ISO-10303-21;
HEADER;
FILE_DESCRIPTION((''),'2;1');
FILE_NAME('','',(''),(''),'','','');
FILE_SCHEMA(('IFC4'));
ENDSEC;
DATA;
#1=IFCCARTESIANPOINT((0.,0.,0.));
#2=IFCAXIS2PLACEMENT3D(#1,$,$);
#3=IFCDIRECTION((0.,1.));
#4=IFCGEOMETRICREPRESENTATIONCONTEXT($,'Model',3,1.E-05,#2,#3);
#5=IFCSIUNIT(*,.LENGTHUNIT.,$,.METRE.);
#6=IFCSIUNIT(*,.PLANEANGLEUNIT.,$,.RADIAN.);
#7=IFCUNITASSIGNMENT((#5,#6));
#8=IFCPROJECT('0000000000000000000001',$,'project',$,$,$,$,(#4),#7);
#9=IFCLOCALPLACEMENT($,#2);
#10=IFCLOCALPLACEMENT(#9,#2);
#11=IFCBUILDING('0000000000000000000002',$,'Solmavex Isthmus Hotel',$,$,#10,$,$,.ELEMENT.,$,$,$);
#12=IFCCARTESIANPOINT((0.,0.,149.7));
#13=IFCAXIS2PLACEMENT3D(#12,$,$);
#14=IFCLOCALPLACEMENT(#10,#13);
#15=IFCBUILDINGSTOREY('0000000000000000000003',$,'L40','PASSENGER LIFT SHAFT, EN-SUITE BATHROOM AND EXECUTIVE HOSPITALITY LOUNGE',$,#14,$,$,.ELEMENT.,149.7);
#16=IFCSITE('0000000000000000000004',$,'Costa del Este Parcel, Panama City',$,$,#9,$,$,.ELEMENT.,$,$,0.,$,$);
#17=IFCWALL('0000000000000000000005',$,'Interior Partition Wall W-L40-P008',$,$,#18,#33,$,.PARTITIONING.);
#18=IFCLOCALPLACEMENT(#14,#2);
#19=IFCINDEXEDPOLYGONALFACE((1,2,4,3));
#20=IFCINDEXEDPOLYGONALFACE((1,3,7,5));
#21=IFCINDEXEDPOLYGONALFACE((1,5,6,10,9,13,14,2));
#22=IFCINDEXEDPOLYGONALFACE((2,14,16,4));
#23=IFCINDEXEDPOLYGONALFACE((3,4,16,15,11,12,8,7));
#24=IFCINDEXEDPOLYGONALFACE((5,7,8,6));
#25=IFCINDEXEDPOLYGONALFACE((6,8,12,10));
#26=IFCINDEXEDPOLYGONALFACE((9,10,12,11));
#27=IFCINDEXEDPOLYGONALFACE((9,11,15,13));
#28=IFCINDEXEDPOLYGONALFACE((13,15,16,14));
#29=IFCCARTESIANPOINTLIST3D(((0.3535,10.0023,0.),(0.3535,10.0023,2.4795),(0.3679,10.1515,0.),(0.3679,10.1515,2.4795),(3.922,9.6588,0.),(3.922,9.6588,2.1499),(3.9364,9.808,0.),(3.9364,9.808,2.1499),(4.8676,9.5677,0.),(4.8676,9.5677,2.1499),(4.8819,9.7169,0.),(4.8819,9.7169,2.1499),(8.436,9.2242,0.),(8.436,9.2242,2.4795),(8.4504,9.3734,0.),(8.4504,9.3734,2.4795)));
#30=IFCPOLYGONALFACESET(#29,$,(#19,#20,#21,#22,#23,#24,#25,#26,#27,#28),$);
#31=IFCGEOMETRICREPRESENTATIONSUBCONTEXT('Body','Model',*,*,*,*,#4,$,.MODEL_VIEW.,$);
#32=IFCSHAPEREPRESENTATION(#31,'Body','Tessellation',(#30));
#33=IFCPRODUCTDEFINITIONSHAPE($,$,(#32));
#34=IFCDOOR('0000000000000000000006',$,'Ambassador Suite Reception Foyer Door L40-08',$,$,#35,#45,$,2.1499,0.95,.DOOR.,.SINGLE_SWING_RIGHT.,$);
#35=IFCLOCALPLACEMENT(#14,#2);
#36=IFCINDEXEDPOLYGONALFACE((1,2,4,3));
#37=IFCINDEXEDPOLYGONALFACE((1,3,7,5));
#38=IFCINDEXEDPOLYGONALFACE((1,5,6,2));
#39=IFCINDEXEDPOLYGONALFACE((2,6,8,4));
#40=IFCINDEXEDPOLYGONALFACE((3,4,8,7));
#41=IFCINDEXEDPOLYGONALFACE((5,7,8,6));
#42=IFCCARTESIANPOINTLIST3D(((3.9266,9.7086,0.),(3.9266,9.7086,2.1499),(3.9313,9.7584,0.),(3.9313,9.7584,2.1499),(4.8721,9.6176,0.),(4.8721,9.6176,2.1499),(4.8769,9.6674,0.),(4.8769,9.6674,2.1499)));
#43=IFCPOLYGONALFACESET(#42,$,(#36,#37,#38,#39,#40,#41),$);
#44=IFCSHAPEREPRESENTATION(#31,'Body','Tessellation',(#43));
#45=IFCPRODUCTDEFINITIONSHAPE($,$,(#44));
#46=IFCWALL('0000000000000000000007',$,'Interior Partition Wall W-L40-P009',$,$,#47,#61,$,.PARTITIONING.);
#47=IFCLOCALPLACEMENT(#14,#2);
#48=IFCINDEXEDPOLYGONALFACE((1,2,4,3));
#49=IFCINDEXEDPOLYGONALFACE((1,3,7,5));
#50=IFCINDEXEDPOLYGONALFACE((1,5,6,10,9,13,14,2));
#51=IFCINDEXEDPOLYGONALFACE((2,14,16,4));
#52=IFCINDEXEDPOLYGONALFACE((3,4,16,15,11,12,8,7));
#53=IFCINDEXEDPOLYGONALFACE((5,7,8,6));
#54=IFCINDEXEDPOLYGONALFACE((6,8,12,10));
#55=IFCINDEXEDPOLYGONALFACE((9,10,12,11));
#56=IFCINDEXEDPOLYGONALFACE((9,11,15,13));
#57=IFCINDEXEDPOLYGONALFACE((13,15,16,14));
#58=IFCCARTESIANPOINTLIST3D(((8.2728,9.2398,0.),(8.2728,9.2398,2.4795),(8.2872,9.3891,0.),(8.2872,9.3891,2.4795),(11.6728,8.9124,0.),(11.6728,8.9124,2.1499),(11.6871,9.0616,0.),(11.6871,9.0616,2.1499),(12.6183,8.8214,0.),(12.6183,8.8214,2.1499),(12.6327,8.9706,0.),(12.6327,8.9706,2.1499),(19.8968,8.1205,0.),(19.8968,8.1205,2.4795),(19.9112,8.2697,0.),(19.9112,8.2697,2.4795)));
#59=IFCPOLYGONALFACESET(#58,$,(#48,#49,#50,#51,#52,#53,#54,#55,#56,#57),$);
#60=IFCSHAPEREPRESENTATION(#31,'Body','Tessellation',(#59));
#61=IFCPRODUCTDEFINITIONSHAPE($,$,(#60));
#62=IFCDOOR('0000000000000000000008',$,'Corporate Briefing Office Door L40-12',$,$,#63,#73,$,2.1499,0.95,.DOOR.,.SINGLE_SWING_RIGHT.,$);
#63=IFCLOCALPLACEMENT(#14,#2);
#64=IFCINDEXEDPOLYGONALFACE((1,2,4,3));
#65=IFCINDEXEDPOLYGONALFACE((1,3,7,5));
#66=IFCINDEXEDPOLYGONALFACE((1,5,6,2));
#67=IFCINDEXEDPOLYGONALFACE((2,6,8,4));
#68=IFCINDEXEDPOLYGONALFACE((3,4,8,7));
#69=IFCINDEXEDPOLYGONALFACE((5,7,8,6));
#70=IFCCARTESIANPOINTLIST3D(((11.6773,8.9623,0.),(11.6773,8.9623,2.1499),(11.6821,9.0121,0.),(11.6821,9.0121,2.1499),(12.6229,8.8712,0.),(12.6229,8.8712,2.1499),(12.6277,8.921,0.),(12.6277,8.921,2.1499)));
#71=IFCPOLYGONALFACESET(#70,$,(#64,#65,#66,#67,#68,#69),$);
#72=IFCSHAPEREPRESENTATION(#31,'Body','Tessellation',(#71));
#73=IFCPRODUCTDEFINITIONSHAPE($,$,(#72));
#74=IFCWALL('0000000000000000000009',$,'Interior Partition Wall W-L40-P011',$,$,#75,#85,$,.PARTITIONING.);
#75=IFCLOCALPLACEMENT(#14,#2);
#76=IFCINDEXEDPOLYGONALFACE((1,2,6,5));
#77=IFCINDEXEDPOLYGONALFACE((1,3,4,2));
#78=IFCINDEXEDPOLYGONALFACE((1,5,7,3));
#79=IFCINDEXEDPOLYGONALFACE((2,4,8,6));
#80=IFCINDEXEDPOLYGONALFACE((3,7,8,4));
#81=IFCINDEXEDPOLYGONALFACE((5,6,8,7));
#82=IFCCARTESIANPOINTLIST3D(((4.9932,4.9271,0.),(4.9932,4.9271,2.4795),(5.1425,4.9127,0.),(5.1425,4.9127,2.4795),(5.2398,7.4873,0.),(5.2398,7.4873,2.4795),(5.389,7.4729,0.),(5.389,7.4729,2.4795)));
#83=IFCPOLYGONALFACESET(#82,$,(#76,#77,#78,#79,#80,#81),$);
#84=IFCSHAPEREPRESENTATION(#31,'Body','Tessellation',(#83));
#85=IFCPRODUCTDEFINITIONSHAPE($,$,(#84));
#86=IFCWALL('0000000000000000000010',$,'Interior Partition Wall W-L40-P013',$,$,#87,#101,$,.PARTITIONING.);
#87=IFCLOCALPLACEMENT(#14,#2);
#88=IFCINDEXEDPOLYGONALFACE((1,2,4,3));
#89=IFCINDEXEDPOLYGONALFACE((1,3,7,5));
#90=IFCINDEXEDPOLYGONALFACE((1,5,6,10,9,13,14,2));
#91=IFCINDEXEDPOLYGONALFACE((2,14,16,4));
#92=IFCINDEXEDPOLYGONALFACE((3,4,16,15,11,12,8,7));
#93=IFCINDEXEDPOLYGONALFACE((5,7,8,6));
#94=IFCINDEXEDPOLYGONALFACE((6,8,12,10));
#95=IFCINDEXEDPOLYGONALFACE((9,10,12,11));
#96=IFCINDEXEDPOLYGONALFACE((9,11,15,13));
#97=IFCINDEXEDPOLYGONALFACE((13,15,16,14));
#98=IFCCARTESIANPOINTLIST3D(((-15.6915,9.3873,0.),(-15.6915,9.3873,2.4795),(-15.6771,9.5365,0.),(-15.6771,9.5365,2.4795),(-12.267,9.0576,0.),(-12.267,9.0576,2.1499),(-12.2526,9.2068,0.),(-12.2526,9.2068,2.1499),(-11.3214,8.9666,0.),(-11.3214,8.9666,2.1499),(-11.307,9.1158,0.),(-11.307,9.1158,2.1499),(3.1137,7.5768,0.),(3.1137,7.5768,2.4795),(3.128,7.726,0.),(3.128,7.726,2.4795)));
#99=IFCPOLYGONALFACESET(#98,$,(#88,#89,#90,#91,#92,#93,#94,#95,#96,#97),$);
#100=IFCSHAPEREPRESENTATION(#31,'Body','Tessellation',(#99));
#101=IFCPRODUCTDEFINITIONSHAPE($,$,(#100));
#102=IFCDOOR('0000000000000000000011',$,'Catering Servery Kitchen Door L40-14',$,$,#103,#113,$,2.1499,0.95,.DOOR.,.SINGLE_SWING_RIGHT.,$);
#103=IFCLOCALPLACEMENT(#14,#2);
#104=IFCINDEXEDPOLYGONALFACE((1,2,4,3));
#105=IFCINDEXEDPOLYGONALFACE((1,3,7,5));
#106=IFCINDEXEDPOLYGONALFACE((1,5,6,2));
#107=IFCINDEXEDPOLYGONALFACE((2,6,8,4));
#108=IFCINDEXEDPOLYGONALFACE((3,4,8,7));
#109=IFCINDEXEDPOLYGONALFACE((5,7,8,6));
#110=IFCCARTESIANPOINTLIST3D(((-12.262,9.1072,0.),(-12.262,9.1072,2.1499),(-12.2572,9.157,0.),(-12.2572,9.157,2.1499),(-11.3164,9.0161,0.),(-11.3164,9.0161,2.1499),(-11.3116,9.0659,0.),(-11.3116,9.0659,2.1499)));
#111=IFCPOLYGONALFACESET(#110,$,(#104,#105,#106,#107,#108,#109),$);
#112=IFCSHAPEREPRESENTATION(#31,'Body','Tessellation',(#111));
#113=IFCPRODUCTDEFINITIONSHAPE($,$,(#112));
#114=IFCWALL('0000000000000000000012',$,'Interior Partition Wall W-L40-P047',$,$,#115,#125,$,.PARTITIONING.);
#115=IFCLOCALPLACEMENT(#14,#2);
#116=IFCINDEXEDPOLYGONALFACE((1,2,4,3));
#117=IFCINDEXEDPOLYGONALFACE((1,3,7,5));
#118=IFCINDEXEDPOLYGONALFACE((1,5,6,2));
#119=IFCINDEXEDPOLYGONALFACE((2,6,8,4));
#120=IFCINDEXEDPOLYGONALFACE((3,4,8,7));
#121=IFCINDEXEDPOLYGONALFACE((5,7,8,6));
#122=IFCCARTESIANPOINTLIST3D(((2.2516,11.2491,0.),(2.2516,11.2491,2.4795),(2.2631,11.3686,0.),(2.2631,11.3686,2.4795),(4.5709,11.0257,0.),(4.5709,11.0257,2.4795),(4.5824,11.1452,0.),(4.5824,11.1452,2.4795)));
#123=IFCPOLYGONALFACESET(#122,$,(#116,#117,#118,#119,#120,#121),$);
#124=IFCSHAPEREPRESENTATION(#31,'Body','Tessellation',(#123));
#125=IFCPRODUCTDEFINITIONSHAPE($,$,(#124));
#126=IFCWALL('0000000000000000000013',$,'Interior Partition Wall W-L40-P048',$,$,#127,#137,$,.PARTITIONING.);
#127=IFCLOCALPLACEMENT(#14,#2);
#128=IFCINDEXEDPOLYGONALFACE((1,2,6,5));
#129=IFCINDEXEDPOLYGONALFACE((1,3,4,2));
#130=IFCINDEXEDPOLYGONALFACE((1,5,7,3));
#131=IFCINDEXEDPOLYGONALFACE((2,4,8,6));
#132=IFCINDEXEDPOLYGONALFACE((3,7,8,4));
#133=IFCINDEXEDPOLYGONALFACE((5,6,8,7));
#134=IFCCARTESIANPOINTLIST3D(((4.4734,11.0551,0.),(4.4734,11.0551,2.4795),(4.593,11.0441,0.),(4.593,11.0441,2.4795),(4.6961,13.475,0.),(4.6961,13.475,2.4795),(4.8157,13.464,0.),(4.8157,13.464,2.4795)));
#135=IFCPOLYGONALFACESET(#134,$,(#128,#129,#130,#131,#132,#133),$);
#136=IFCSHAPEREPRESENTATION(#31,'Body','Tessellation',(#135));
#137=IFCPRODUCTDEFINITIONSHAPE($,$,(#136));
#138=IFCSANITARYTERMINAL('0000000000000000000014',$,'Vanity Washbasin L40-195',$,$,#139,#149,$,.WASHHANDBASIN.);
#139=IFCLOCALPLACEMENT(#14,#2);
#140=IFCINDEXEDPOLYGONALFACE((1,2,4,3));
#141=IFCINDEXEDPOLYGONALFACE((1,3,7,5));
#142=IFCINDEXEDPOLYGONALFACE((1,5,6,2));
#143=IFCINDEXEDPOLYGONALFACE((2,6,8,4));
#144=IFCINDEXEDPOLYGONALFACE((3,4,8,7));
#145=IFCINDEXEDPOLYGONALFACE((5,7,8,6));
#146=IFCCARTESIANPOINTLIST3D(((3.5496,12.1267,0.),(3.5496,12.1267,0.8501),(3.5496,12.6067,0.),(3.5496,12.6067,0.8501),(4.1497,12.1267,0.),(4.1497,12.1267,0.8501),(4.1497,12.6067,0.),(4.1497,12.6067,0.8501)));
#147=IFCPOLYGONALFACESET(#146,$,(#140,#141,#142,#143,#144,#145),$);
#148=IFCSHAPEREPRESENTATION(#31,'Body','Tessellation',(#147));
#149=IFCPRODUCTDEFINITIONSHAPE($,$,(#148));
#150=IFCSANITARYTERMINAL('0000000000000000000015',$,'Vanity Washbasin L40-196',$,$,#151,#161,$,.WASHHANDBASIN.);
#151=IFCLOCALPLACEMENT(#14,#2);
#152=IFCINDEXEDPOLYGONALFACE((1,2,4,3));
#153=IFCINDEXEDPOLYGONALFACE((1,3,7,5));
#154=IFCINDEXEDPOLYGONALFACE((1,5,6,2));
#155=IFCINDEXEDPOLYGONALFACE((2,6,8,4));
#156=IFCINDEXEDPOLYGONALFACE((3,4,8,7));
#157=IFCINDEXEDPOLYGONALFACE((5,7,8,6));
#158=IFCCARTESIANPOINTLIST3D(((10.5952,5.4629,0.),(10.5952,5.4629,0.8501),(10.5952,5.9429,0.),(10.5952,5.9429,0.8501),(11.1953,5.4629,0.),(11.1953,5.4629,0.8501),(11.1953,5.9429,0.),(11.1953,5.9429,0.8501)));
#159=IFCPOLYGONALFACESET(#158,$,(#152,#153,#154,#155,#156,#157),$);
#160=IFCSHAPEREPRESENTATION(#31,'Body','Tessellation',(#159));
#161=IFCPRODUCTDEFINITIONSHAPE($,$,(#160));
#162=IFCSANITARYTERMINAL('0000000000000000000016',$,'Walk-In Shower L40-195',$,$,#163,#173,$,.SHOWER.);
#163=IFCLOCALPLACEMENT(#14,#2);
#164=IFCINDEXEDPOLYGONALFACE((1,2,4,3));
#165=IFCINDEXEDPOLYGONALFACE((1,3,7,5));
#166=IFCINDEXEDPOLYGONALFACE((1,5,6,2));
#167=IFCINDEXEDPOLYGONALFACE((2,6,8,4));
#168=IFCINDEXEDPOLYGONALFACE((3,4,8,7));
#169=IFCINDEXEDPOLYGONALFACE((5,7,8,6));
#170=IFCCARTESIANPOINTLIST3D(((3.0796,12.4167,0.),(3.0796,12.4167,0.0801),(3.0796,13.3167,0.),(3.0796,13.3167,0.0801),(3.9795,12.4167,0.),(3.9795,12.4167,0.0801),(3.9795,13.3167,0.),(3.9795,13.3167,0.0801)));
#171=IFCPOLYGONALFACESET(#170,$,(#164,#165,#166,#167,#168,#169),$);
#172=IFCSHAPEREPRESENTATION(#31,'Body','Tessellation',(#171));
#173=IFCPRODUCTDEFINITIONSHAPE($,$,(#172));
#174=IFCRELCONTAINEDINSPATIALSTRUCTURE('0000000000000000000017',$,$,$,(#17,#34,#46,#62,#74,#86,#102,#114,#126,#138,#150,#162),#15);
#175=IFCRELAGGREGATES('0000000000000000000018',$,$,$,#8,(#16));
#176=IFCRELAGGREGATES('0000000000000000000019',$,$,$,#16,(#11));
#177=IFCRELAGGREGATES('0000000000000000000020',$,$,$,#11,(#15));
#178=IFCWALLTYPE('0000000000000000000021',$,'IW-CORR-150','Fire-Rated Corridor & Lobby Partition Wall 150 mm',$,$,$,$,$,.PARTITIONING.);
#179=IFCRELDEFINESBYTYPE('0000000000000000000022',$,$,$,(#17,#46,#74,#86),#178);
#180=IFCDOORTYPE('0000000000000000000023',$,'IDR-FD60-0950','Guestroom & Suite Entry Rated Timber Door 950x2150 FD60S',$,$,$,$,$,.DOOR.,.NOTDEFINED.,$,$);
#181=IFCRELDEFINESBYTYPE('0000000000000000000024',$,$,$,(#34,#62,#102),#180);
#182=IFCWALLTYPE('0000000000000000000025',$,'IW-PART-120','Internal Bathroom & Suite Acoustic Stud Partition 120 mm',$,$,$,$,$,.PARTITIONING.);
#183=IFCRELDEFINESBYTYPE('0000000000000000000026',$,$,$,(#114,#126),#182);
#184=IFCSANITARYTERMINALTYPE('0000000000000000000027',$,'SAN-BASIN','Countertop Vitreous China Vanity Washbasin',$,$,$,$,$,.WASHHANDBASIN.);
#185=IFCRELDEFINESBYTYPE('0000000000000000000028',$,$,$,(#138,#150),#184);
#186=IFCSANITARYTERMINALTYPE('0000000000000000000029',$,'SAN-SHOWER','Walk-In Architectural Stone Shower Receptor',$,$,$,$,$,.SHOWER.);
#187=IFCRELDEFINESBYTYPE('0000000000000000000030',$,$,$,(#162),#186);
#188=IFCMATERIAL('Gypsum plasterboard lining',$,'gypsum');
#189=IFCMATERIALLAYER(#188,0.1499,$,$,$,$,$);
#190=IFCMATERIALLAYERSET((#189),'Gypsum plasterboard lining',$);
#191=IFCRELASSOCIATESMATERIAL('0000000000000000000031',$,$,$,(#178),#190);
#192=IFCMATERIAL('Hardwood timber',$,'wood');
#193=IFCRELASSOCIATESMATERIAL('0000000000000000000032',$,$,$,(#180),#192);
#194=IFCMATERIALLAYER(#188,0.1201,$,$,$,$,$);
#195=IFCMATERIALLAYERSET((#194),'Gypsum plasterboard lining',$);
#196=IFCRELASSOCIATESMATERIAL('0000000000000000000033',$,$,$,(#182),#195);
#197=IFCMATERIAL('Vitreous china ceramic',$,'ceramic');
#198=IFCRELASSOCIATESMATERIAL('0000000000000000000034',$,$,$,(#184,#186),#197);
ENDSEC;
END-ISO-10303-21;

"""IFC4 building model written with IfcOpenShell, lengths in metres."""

from ifc_helpers import new_model, si_unit, direction, frame, frame_2d, origin, origin_2d, place, context, subcontext, project, spatial, rectangle, extrude, material, layer, layer_set, type_object, element, fill, save


model = new_model("IFC4")

# Units and contexts
model_context = context("Model", 3, precision=1e-05, world=origin(), true_north=direction((0.0, 1.0)))
body_context = subcontext(model_context, "Body", "Model", "MODEL_VIEW")
ifc_project = project(units=[si_unit("LENGTHUNIT", "METRE"), si_unit("PLANEANGLEUNIT", "RADIAN")], contexts=[model_context])

# Site, building, storey
site_placement = place(None, origin())
site = spatial("IfcSite", under=ifc_project, at=site_placement, Name="Costa del Este Parcel, Panama City", CompositionType="ELEMENT", RefElevation=0.0)
building_placement = place(site_placement, origin())
building = spatial("IfcBuilding", under=site, at=building_placement, Name="Solmavex Isthmus Hotel", CompositionType="ELEMENT")
storey_placement = place(building_placement, frame((0.0, 0.0, 149.7)))
storey = spatial("IfcBuildingStorey", under=building, at=storey_placement, Name="L40", Description="PASSENGER LIFT SHAFT, EN-SUITE BATHROOM AND EXECUTIVE HOSPITALITY LOUNGE", CompositionType="ELEMENT", Elevation=149.7)

# Shared definitions
ifc_material_1 = material(Name="Gypsum plasterboard lining", Category="gypsum")

# Walls, openings, doors
ifc_layer_1 = layer(ifc_material_1, 0.1499)
ifc_layer_set_1 = layer_set([ifc_layer_1], Name="Gypsum plasterboard lining")
wall_type_1 = type_object("IfcWallType", Name="IW-CORR-150", Description="Fire-Rated Corridor & Lobby Partition Wall 150 mm", PredefinedType="PARTITIONING", material=ifc_layer_set_1)
wall_1_placement = place(storey_placement, frame((0.3606, 10.0769, 0.0), z_axis=(0.0, 0.0, 1.0), x_axis=(0.995398, -0.095824, 0.0)))
wall_1 = element("IfcWall", 1, at=wall_1_placement, inside=storey, type_object=wall_type_1, Name="Interior Partition Wall W-L40-P008", PredefinedType="PARTITIONING", context=body_context, shape_type="SweptSolid", body=[
    extrude(rectangle(XDim=8.1199, YDim=0.1499, at=frame_2d((4.0601, 0.0))), origin(), (0.0, 0.0, 1.0), 2.4795),
])
opening_1_placement = place(wall_1_placement, frame((3.585, 0.0, 0.0)))
opening_1 = element("IfcOpeningElement", 2, at=opening_1_placement, cuts=wall_1, PredefinedType="OPENING", context=body_context, shape_type="SweptSolid", body=[
    extrude(rectangle(XDim=0.95, YDim=2.1499, at=frame_2d((0.4751, 1.075))), frame((0.0, 0.085, 0.0), z_axis=(0.0, -1.0, 0.0), x_axis=(1.0, 0.0, 0.0)), (0.0, 0.0, 1.0), 0.1699),
])
ifc_material_2 = material(Name="Hardwood timber", Category="wood")
door_type = type_object("IfcDoorType", Name="IDR-FD60-0950", Description="Guestroom & Suite Entry Rated Timber Door 950x2150 FD60S", OperationType="NOTDEFINED", PredefinedType="DOOR", material=ifc_material_2)
door_1_placement = place(opening_1_placement, frame((0.95, 0.0, 0.0), z_axis=(0.0, 0.0, 1.0), x_axis=(-1.0, 0.0, 0.0)))
door_1 = element("IfcDoor", 3, at=door_1_placement, inside=storey, type_object=door_type, Name="Ambassador Suite Reception Foyer Door L40-08", OperationType="SINGLE_SWING_RIGHT", OverallHeight=2.1499, OverallWidth=0.95, PredefinedType="DOOR", context=body_context, shape_type="SweptSolid", body=[
    extrude(rectangle(XDim=0.95, YDim=2.1499, at=frame_2d((0.4751, 1.075))), frame((0.0, 0.0249, 0.0), z_axis=(0.0, -1.0, 0.0), x_axis=(1.0, 0.0, 0.0)), (0.0, 0.0, 1.0), 0.05),
])
fill(opening_1, door_1)
wall_2_placement = place(storey_placement, frame((8.28, 9.3145, 0.0), z_axis=(0.0, 0.0, 1.0), x_axis=(0.995395, -0.095856, 0.0)))
wall_2 = element("IfcWall", 4, at=wall_2_placement, inside=storey, type_object=wall_type_1, Name="Interior Partition Wall W-L40-P009", PredefinedType="PARTITIONING", context=body_context, shape_type="SweptSolid", body=[
    extrude(rectangle(XDim=11.6777, YDim=0.1499, at=frame_2d((5.8389, 0.0))), origin(), (0.0, 0.0, 1.0), 2.4795),
])
opening_2_placement = place(wall_2_placement, frame((3.4155, 0.0, 0.0)))
opening_2 = element("IfcOpeningElement", 5, at=opening_2_placement, cuts=wall_2, PredefinedType="OPENING", context=body_context, shape_type="SweptSolid", body=[
    extrude(rectangle(XDim=0.95, YDim=2.1499, at=frame_2d((0.4751, 1.075))), frame((0.0, 0.085, 0.0), z_axis=(0.0, -1.0, 0.0), x_axis=(1.0, 0.0, 0.0)), (0.0, 0.0, 1.0), 0.1699),
])
door_2_placement = place(opening_2_placement, frame((0.95, 0.0, 0.0), z_axis=(0.0, 0.0, 1.0), x_axis=(-1.0, 0.0, 0.0)))
door_2 = element("IfcDoor", 6, at=door_2_placement, inside=storey, type_object=door_type, Name="Corporate Briefing Office Door L40-12", OperationType="SINGLE_SWING_RIGHT", OverallHeight=2.1499, OverallWidth=0.95, PredefinedType="DOOR", context=body_context, shape_type="SweptSolid", body=[
    extrude(rectangle(XDim=0.95, YDim=2.1499, at=frame_2d((0.4751, 1.075))), frame((0.0, 0.0249, 0.0), z_axis=(0.0, -1.0, 0.0), x_axis=(1.0, 0.0, 0.0)), (0.0, 0.0, 1.0), 0.05),
])
fill(opening_2, door_2)

# Wall
wall_3_placement = place(storey_placement, frame((5.3145, 7.4802, 0.0), z_axis=(0.0, 0.0, 1.0), x_axis=(-0.095875, -0.995393, 0.0)))
element("IfcWall", 7, at=wall_3_placement, inside=storey, type_object=wall_type_1, Name="Interior Partition Wall W-L40-P011", PredefinedType="PARTITIONING", context=body_context, shape_type="SweptSolid", body=[
    extrude(rectangle(XDim=2.572, YDim=0.1499, at=frame_2d((1.2861, 0.0))), origin(), (0.0, 0.0, 1.0), 2.4795),
])

# Wall, opening, door
wall_4_placement = place(storey_placement, frame((3.1208, 7.6514, 0.0), z_axis=(0.0, 0.0, 1.0), x_axis=(-0.995397, 0.095836, 0.0)))
wall_4 = element("IfcWall", 8, at=wall_4_placement, inside=storey, type_object=wall_type_1, Name="Interior Partition Wall W-L40-P013", PredefinedType="PARTITIONING", context=body_context, shape_type="SweptSolid", body=[
    extrude(rectangle(XDim=18.8921, YDim=0.1499, at=frame_2d((9.446, 0.0))), origin(), (0.0, 0.0, 1.0), 2.4795),
])
opening_3_placement = place(wall_4_placement, frame((14.5017, 0.0, 0.0)))
opening_3 = element("IfcOpeningElement", 9, at=opening_3_placement, cuts=wall_4, PredefinedType="OPENING", context=body_context, shape_type="SweptSolid", body=[
    extrude(rectangle(XDim=0.95, YDim=2.1499, at=frame_2d((0.4751, 1.075))), frame((0.0, 0.085, 0.0), z_axis=(0.0, -1.0, 0.0), x_axis=(1.0, 0.0, 0.0)), (0.0, 0.0, 1.0), 0.1699),
])
door_3_placement = place(opening_3_placement, frame((0.95, 0.0, 0.0), z_axis=(0.0, 0.0, 1.0), x_axis=(-1.0, 0.0, 0.0)))
door_3 = element("IfcDoor", 10, at=door_3_placement, inside=storey, type_object=door_type, Name="Catering Servery Kitchen Door L40-14", OperationType="SINGLE_SWING_RIGHT", OverallHeight=2.1499, OverallWidth=0.95, PredefinedType="DOOR", context=body_context, shape_type="SweptSolid", body=[
    extrude(rectangle(XDim=0.95, YDim=2.1499, at=frame_2d((0.4751, 1.075))), frame((0.0, 0.0249, 0.0), z_axis=(0.0, -1.0, 0.0), x_axis=(1.0, 0.0, 0.0)), (0.0, 0.0, 1.0), 0.05),
])
fill(opening_3, door_3)

# Walls
ifc_layer_2 = layer(ifc_material_1, 0.1201)
ifc_layer_set_2 = layer_set([ifc_layer_2], Name="Gypsum plasterboard lining")
wall_type_2 = type_object("IfcWallType", Name="IW-PART-120", Description="Internal Bathroom & Suite Acoustic Stud Partition 120 mm", PredefinedType="PARTITIONING", material=ifc_layer_set_2)
wall_5_placement = place(storey_placement, frame((2.2573, 11.3088, 0.0), z_axis=(0.0, 0.0, 1.0), x_axis=(0.995394, -0.095872, 0.0)))
element("IfcWall", 11, at=wall_5_placement, inside=storey, type_object=wall_type_2, Name="Interior Partition Wall W-L40-P047", PredefinedType="PARTITIONING", context=body_context, shape_type="SweptSolid", body=[
    extrude(rectangle(XDim=2.3301, YDim=0.1201, at=frame_2d((1.165, 0.0))), origin(), (0.0, 0.0, 1.0), 2.4795),
])
wall_6_placement = place(storey_placement, frame((4.5332, 11.0496, 0.0), z_axis=(0.0, 0.0, 1.0), x_axis=(0.091623, 0.995794, 0.0)))
element("IfcWall", 12, at=wall_6_placement, inside=storey, type_object=wall_type_2, Name="Interior Partition Wall W-L40-P048", PredefinedType="PARTITIONING", context=body_context, shape_type="SweptSolid", body=[
    extrude(rectangle(XDim=2.4302, YDim=0.1201, at=frame_2d((1.2151, 0.0))), origin(), (0.0, 0.0, 1.0), 2.4795),
])

# Sanitary terminals
ifc_material_3 = material(Name="Vitreous china ceramic", Category="ceramic")
sanitary_terminal_type_1 = type_object("IfcSanitaryTerminalType", Name="SAN-BASIN", Description="Countertop Vitreous China Vanity Washbasin", PredefinedType="WASHHANDBASIN", material=ifc_material_3)
for number, where, z_axis, x_axis, name in (
    (13, (3.8496, 12.3667, 0.0), (0.0, 0.0, 1.0), (1.0, 0.0, 0.0), "Vanity Washbasin L40-195"),
    (14, (10.8953, 5.7029, 0.0), (0.0, 0.0, 1.0), (1.0, 0.0, 0.0), "Vanity Washbasin L40-196"),
):
    element("IfcSanitaryTerminal", number, at=place(storey_placement, frame(where, z_axis=z_axis, x_axis=x_axis)), inside=storey, type_object=sanitary_terminal_type_1, Name=name, PredefinedType="WASHHANDBASIN", context=body_context, shape_type="SweptSolid", body=[
        extrude(rectangle(XDim=0.6001, YDim=0.48, at=origin_2d()), origin(), (0.0, 0.0, 1.0), 0.8501),
    ])
sanitary_terminal_type_2 = type_object("IfcSanitaryTerminalType", Name="SAN-SHOWER", Description="Walk-In Architectural Stone Shower Receptor", PredefinedType="SHOWER", material=ifc_material_3)
sanitary_terminal_placement = place(storey_placement, frame((3.5295, 12.8667, 0.0), z_axis=(0.0, 0.0, 1.0), x_axis=(1.0, 0.0, 0.0)))
element("IfcSanitaryTerminal", 15, at=sanitary_terminal_placement, inside=storey, type_object=sanitary_terminal_type_2, Name="Walk-In Shower L40-195", PredefinedType="SHOWER", context=body_context, shape_type="SweptSolid", body=[
    extrude(rectangle(XDim=0.8999, YDim=0.8999, at=origin_2d()), origin(), (0.0, 0.0, 1.0), 0.0801),
])

save(model, "model.ifc")
